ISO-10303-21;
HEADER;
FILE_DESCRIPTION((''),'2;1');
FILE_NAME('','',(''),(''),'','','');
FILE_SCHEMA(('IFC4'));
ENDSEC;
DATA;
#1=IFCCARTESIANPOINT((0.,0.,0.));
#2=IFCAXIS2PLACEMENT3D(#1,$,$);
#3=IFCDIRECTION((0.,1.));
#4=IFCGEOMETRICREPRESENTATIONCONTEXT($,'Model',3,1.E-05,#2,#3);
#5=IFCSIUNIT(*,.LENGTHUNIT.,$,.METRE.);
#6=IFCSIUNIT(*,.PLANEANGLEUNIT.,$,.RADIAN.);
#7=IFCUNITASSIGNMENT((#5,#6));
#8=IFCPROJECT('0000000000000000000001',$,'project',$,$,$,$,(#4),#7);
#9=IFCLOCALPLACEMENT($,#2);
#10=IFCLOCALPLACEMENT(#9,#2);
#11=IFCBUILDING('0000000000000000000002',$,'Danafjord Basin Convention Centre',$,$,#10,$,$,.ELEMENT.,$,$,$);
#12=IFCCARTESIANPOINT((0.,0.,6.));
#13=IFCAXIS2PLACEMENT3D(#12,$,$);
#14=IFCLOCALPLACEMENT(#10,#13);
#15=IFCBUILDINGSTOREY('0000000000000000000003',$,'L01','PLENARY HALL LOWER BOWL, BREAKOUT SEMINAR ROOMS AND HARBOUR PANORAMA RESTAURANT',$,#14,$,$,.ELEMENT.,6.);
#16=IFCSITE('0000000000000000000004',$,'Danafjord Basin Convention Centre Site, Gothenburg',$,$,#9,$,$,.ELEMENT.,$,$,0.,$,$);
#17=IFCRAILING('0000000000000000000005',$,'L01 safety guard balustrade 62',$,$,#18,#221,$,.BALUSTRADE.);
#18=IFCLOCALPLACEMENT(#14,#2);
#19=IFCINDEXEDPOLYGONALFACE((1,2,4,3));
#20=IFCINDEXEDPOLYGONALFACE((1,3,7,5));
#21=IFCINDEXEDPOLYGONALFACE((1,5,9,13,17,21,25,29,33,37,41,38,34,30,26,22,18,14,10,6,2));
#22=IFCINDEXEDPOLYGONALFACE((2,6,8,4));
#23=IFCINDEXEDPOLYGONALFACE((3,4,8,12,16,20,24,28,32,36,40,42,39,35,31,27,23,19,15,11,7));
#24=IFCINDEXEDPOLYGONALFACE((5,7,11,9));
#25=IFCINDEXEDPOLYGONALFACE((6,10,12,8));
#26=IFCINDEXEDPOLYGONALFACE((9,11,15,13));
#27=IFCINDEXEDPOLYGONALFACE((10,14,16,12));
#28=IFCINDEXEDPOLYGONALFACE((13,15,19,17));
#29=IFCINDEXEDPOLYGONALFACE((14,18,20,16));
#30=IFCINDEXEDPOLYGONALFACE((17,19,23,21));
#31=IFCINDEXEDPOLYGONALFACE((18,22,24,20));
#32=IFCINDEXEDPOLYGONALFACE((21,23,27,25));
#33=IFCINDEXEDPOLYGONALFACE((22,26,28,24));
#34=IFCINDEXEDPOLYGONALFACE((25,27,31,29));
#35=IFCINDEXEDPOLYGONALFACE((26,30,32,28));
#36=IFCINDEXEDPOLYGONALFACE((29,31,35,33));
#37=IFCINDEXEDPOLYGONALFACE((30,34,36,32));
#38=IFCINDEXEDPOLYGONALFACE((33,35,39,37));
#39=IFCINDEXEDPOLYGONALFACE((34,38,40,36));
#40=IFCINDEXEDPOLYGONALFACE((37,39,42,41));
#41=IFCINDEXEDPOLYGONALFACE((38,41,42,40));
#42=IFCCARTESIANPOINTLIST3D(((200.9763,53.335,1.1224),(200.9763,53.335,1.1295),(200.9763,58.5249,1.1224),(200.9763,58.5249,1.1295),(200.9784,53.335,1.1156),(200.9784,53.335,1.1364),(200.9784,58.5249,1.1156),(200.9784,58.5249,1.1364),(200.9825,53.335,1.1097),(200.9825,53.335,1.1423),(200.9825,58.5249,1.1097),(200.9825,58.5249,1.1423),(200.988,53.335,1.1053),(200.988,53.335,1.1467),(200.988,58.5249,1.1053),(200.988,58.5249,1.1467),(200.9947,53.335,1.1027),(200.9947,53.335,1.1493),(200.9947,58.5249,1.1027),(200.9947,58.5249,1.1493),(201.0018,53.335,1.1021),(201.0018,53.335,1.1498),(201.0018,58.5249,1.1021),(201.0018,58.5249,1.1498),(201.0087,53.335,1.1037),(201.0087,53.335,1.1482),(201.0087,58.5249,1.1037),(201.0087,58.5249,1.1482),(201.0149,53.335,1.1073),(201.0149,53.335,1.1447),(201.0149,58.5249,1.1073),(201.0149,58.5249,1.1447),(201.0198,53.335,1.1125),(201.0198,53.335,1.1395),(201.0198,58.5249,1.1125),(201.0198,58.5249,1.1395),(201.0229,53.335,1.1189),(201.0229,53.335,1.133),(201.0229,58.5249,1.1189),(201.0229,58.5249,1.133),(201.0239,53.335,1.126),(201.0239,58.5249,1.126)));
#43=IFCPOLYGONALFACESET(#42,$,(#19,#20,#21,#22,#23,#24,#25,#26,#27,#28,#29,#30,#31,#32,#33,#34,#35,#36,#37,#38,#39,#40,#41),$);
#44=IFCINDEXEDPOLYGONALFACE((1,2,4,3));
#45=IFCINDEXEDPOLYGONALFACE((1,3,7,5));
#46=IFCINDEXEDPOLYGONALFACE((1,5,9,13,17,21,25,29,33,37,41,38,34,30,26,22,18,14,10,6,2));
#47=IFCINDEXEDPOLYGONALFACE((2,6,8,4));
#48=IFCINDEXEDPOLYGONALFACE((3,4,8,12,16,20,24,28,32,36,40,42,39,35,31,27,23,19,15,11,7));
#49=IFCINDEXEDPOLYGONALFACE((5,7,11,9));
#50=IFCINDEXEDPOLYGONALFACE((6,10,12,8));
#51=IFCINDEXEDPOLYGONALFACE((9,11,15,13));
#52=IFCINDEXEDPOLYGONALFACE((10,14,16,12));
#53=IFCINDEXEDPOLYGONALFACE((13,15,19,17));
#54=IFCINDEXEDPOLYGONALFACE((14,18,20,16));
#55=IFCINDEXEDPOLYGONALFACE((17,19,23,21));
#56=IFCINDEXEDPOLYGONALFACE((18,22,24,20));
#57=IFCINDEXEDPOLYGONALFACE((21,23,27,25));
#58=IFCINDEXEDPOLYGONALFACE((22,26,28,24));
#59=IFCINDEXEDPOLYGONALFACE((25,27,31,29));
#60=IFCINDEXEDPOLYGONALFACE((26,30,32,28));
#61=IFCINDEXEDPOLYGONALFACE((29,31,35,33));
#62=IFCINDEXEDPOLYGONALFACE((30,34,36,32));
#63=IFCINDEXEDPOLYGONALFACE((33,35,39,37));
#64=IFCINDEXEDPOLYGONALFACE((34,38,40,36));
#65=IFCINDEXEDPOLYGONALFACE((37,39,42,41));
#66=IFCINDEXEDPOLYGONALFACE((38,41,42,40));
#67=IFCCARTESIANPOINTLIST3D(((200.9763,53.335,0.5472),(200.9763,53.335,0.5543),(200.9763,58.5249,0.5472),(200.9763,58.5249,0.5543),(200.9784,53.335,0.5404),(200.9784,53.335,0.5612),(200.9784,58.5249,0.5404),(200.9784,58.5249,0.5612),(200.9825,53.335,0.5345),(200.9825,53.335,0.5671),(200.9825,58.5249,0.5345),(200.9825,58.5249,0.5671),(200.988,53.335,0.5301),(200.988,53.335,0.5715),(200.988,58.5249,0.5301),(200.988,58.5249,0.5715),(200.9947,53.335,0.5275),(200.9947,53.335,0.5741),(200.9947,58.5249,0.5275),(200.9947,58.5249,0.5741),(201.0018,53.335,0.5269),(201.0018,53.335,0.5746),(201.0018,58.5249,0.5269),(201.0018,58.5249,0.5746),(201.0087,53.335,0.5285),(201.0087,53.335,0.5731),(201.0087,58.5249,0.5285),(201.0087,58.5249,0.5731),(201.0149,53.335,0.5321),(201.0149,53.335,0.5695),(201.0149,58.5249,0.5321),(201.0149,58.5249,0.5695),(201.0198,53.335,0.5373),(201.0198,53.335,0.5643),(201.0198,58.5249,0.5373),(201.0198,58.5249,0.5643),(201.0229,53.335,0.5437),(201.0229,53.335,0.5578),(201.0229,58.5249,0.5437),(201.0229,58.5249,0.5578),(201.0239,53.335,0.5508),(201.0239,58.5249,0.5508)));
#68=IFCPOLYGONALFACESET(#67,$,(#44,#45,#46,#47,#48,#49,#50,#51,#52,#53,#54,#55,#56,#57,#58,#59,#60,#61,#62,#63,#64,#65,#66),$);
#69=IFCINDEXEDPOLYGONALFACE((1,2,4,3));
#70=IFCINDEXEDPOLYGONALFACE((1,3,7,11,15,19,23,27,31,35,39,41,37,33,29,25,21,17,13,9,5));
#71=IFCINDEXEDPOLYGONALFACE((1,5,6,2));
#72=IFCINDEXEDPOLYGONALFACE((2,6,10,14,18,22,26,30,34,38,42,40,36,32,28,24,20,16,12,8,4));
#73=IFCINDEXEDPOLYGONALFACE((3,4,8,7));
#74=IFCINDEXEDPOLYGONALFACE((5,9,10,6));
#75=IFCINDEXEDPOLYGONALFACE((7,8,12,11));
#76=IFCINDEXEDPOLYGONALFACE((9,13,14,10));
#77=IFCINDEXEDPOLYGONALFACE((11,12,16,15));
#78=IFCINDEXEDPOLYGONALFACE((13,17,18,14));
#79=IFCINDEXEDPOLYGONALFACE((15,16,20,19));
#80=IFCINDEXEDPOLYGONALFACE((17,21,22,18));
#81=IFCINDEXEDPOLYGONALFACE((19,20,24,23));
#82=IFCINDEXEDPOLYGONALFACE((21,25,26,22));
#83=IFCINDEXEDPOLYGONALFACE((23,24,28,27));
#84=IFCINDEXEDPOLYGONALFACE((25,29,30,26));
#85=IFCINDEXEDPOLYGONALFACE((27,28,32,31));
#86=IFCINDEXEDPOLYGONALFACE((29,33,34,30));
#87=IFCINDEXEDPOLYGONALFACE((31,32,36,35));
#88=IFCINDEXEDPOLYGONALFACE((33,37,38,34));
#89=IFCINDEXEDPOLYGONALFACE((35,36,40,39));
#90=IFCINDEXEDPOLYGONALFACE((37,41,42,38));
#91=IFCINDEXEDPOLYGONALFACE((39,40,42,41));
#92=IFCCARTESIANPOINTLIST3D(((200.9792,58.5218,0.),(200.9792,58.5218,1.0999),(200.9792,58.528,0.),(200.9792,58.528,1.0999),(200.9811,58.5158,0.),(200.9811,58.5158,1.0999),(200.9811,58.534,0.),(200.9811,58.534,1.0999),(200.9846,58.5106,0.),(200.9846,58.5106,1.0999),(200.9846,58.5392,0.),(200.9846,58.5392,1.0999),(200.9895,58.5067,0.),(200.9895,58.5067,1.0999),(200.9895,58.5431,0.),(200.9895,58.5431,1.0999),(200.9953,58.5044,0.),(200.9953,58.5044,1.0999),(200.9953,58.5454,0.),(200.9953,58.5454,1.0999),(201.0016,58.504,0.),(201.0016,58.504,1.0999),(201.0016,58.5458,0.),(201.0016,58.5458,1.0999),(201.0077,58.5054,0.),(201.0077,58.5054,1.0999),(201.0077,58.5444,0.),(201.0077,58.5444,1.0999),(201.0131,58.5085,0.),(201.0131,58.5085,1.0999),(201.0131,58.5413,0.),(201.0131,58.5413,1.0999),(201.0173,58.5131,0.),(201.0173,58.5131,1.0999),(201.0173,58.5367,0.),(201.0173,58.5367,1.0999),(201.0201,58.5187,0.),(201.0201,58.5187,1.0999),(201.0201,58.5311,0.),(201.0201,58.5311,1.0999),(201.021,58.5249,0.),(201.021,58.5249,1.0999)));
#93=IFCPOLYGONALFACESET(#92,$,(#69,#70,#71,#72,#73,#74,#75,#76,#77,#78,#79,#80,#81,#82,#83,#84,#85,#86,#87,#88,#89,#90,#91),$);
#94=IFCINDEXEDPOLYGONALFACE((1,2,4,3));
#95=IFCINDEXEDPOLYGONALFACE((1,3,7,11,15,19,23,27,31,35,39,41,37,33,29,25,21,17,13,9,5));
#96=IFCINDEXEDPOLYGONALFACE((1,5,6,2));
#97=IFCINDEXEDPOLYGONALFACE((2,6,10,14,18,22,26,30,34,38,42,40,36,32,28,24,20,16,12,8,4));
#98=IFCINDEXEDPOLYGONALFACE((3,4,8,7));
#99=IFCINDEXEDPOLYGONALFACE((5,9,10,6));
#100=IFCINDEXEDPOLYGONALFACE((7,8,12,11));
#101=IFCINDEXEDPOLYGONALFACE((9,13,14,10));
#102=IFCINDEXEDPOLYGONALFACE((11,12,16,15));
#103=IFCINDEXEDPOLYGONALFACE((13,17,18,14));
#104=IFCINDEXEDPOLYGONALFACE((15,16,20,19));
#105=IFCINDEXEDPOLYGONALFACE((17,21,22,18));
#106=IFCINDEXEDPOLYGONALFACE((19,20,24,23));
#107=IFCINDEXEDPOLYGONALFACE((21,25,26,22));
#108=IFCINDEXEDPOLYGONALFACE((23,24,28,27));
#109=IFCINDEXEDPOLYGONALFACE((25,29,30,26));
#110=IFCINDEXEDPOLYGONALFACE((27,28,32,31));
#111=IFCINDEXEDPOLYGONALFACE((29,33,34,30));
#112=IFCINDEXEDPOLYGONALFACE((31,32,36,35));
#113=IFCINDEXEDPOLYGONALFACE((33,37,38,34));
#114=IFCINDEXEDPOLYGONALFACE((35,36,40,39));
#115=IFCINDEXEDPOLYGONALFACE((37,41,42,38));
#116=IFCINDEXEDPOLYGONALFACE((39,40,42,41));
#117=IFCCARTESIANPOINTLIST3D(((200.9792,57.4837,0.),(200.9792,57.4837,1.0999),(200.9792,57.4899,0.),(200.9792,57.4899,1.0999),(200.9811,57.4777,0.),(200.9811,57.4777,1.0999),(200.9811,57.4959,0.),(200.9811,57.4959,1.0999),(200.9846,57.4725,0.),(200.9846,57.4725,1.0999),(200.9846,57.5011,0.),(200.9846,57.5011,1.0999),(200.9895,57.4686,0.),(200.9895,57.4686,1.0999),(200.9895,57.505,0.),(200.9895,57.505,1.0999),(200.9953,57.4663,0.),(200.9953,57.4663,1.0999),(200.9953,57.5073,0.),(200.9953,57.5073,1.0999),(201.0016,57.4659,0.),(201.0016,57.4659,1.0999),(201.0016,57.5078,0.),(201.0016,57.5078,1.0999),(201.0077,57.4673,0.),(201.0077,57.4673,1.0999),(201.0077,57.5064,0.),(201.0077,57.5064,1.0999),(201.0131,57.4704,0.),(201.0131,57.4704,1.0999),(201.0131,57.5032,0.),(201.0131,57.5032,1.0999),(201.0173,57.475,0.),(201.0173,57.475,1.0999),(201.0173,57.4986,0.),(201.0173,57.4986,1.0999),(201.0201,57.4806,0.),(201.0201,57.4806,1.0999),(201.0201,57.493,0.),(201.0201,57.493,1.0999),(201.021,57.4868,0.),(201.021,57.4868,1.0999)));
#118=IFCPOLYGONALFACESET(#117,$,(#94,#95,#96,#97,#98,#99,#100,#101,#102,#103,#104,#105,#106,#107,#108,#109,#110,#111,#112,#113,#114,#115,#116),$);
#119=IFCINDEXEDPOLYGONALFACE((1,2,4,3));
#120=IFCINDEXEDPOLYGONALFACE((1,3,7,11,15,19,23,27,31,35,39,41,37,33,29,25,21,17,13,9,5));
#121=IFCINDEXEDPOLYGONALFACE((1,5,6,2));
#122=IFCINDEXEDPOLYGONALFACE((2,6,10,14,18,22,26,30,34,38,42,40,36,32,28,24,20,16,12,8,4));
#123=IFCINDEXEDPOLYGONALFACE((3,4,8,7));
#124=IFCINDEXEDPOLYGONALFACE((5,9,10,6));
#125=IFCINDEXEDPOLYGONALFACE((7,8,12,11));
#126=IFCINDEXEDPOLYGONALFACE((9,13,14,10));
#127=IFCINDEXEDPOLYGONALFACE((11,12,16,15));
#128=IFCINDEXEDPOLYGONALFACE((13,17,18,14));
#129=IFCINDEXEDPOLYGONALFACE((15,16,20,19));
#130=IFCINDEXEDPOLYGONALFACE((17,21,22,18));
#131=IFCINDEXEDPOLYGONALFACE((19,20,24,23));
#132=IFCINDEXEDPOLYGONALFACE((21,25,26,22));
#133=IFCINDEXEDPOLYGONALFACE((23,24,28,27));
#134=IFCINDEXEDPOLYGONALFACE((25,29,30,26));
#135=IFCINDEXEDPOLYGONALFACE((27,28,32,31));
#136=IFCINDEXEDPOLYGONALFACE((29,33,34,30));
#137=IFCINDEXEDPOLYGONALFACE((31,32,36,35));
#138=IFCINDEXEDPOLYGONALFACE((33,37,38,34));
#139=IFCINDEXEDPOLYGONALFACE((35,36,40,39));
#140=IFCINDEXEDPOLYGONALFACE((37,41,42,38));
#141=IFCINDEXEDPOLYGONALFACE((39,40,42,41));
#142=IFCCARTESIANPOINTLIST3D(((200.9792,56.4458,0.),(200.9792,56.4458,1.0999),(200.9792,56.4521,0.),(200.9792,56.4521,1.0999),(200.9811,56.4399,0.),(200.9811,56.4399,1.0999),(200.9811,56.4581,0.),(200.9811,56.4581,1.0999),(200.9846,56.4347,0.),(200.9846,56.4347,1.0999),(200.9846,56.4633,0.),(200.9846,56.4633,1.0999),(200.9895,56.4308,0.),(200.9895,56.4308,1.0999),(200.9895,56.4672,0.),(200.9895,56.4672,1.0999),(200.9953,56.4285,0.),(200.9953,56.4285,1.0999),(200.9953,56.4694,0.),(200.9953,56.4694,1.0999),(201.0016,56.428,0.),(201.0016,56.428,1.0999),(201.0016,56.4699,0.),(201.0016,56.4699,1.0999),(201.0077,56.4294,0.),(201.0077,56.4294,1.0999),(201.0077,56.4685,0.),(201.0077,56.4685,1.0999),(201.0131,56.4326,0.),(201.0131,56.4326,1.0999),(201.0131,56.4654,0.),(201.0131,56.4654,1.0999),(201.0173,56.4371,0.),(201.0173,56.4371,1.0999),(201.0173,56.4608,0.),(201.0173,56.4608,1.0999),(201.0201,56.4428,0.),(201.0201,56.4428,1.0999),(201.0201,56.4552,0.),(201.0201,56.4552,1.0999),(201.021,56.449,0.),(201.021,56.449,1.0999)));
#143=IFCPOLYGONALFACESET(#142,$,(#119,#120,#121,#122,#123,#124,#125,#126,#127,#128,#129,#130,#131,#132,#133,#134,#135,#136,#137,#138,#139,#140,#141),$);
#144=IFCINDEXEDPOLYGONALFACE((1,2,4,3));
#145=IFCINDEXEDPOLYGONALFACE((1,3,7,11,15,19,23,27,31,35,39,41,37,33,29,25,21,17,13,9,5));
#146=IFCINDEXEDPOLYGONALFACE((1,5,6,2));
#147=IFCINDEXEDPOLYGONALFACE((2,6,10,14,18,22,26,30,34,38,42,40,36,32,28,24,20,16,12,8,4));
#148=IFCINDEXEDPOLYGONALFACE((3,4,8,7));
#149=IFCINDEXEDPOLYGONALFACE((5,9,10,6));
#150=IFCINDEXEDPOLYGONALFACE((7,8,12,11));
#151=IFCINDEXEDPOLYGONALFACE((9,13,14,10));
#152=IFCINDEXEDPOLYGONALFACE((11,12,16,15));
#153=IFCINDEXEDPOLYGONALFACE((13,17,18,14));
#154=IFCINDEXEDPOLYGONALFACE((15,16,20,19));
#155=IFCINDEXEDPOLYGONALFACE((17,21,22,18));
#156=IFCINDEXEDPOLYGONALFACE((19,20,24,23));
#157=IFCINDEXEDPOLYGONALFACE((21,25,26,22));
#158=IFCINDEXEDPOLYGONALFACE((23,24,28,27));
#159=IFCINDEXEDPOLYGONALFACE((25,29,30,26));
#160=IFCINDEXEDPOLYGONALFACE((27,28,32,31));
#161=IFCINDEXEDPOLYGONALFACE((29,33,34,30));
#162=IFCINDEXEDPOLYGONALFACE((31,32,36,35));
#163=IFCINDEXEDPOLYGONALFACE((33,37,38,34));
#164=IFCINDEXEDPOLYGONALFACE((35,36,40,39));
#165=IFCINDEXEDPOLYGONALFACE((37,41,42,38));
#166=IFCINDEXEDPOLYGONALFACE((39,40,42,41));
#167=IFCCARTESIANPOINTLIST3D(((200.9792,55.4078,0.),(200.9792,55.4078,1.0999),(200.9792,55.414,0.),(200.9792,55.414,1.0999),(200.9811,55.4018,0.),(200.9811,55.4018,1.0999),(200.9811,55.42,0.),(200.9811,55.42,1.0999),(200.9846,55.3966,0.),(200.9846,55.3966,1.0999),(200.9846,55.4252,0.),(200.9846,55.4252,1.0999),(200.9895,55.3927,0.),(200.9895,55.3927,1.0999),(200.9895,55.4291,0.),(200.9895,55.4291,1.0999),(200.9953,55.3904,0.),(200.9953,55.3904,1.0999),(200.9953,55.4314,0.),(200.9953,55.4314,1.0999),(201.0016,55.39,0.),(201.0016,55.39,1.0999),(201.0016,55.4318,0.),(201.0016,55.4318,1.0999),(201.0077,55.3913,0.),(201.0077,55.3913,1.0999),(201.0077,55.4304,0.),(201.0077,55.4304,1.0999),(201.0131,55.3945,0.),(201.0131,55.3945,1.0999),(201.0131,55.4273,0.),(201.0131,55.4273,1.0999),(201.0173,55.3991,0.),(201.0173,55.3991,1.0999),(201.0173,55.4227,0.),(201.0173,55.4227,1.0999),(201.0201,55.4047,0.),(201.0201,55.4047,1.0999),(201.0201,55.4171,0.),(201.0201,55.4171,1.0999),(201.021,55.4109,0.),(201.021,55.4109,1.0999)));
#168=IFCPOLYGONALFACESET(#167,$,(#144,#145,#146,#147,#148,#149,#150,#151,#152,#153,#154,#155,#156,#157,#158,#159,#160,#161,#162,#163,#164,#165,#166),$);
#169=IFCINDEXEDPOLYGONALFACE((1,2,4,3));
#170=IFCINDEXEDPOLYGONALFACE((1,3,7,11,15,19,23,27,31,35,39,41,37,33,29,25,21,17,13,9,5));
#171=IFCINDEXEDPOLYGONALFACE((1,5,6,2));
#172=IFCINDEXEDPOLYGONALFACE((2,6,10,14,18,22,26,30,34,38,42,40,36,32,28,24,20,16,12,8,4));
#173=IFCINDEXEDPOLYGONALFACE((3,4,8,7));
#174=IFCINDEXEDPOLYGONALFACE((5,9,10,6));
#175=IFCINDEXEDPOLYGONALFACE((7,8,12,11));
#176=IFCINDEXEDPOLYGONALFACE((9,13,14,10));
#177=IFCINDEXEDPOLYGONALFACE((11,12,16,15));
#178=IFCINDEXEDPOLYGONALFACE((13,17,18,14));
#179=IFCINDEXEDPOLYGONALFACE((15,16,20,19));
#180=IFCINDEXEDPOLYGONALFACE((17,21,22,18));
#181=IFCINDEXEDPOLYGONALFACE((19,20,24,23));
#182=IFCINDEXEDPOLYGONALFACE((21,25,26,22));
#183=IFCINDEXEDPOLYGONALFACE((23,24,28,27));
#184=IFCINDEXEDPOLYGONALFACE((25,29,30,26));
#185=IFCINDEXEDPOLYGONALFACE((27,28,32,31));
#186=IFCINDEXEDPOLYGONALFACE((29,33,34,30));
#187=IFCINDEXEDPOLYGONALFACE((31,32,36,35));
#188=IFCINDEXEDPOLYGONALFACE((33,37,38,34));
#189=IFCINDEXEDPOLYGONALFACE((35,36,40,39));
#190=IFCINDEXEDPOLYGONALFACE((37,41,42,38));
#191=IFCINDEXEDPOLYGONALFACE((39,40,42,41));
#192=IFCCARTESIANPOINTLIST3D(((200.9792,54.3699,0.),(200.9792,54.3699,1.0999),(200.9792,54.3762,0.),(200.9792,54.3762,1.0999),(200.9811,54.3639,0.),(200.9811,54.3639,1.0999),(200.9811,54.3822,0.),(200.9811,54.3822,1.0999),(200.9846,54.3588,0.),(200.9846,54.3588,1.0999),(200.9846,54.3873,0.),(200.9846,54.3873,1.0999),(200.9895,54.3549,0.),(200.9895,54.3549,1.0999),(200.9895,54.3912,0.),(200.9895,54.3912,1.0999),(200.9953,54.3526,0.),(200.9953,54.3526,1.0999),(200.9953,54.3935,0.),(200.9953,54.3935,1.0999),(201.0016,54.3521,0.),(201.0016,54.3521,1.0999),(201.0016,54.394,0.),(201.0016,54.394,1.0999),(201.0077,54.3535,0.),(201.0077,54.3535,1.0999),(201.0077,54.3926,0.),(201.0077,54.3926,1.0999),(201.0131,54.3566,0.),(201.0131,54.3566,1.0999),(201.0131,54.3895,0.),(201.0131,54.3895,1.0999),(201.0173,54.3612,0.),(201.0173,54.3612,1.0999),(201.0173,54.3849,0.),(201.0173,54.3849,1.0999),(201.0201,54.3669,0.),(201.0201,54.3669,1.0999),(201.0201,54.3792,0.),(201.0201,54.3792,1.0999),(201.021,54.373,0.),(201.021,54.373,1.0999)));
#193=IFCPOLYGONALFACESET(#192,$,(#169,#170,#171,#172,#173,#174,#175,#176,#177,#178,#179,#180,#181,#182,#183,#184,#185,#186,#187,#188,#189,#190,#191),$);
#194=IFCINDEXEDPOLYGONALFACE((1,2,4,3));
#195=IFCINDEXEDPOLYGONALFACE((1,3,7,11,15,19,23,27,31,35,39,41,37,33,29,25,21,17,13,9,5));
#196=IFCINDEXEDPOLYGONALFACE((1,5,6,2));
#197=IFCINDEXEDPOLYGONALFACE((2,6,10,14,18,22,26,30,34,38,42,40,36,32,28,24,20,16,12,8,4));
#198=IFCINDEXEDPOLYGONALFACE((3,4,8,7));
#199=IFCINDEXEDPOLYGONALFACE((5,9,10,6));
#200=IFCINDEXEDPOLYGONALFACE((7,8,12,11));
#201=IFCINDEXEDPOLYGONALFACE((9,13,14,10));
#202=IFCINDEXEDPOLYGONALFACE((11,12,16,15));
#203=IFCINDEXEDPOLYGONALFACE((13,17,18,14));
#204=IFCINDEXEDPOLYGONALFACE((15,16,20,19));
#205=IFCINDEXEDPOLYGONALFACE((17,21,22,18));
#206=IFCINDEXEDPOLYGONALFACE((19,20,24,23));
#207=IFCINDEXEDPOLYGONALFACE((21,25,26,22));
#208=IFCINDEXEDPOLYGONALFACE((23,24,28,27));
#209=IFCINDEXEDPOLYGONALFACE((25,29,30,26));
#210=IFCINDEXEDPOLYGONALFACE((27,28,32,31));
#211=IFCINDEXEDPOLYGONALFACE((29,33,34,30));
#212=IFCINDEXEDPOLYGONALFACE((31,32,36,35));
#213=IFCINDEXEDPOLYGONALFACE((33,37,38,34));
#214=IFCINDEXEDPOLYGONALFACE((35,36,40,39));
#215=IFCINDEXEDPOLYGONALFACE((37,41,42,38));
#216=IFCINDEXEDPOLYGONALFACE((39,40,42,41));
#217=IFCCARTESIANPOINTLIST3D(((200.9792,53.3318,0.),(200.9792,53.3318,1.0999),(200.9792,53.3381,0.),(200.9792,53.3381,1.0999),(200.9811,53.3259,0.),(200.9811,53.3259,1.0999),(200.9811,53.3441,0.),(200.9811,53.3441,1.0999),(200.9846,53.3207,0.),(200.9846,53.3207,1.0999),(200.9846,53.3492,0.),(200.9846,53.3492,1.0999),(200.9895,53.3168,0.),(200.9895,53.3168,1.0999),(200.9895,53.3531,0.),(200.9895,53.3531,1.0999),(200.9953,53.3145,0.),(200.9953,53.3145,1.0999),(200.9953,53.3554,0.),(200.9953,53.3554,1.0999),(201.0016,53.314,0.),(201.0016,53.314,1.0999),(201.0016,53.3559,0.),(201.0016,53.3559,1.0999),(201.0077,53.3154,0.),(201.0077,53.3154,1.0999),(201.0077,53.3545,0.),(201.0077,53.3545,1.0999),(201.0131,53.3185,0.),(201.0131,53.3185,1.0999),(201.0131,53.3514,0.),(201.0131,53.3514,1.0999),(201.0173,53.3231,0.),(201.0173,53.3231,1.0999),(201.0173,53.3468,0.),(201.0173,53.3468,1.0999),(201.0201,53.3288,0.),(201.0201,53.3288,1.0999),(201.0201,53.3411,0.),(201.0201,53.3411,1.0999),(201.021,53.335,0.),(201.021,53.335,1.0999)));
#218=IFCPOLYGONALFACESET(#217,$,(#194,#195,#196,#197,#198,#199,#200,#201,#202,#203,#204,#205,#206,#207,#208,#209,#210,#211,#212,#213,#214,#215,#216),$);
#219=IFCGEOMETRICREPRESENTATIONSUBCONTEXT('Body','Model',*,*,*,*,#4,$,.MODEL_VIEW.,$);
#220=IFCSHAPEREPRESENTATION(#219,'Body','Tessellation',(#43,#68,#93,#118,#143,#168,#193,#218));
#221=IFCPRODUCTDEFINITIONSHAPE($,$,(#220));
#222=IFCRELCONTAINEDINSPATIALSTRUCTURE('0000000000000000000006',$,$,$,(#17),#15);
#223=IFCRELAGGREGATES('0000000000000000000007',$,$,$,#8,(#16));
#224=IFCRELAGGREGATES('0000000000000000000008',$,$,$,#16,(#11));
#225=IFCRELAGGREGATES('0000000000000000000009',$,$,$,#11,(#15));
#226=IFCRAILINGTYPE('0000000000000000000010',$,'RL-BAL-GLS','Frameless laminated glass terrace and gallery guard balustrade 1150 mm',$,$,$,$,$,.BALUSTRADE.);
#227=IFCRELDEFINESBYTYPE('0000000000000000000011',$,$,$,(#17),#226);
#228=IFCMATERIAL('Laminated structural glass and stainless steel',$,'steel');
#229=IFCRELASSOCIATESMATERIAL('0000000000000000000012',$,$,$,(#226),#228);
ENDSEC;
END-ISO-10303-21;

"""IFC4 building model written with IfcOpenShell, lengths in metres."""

from ifc_helpers import new_model, si_unit, direction, frame, origin, origin_2d, place, context, subcontext, project, spatial, circle, extrude, material, type_object, element, save


model = new_model("IFC4")

# Units and contexts
model_context = context("Model", 3, precision=1e-05, world=origin(), true_north=direction((0.0, 1.0)))
body_context = subcontext(model_context, "Body", "Model", "MODEL_VIEW")
ifc_project = project(units=[si_unit("LENGTHUNIT", "METRE"), si_unit("PLANEANGLEUNIT", "RADIAN")], contexts=[model_context])

# Site, building, storey
site_placement = place(None, origin())
site = spatial("IfcSite", under=ifc_project, at=site_placement, Name="Danafjord Basin Convention Centre Site, Gothenburg", CompositionType="ELEMENT", RefElevation=0.0)
building_placement = place(site_placement, origin())
building = spatial("IfcBuilding", under=site, at=building_placement, Name="Danafjord Basin Convention Centre", CompositionType="ELEMENT")
storey_placement = place(building_placement, frame((0.0, 0.0, 6.0)))
storey = spatial("IfcBuildingStorey", under=building, at=storey_placement, Name="L01", Description="PLENARY HALL LOWER BOWL, BREAKOUT SEMINAR ROOMS AND HARBOUR PANORAMA RESTAURANT", CompositionType="ELEMENT", Elevation=6.0)

# Railing
ifc_material_1 = material(Name="Laminated structural glass and stainless steel", Category="steel")
railing_type_1 = type_object("IfcRailingType", Name="RL-BAL-GLS", Description="Frameless laminated glass terrace and gallery guard balustrade 1150 mm", PredefinedType="BALUSTRADE", material=ifc_material_1)
railing_1_placement = place(storey_placement, frame((201.0, 58.5249, 0.0)))
element("IfcRailing", 1, at=railing_1_placement, inside=storey, type_object=railing_type_1, Name="L01 safety guard balustrade 62", PredefinedType="BALUSTRADE", context=body_context, shape_type="SweptSolid", body=[
    extrude(circle(Radius=0.0239, at=origin_2d()), frame((0.0, 0.0, 1.126), z_axis=(0.0, -1.0, 0.0), x_axis=(1.0, 0.0, 0.0)), (0.0, 0.0, 1.0), 5.1899),
    extrude(circle(Radius=0.0239, at=origin_2d()), frame((0.0, 0.0, 0.5508), z_axis=(0.0, -1.0, 0.0), x_axis=(1.0, 0.0, 0.0)), (0.0, 0.0, 1.0), 5.1899),
    extrude(circle(Radius=0.021, at=origin_2d()), origin(), (0.0, 0.0, 1.0), 1.0999),
    extrude(circle(Radius=0.021, at=origin_2d()), frame((0.0, -1.0381, 0.0)), (0.0, 0.0, 1.0), 1.0999),
    extrude(circle(Radius=0.021, at=origin_2d()), frame((0.0, -2.0759, 0.0)), (0.0, 0.0, 1.0), 1.0999),
    extrude(circle(Radius=0.021, at=origin_2d()), frame((0.0, -3.114, 0.0)), (0.0, 0.0, 1.0), 1.0999),
    extrude(circle(Radius=0.021, at=origin_2d()), frame((0.0, -4.1519, 0.0)), (0.0, 0.0, 1.0), 1.0999),
    extrude(circle(Radius=0.021, at=origin_2d()), frame((0.0, -5.1899, 0.0)), (0.0, 0.0, 1.0), 1.0999),
])

save(model, "model.ifc")
